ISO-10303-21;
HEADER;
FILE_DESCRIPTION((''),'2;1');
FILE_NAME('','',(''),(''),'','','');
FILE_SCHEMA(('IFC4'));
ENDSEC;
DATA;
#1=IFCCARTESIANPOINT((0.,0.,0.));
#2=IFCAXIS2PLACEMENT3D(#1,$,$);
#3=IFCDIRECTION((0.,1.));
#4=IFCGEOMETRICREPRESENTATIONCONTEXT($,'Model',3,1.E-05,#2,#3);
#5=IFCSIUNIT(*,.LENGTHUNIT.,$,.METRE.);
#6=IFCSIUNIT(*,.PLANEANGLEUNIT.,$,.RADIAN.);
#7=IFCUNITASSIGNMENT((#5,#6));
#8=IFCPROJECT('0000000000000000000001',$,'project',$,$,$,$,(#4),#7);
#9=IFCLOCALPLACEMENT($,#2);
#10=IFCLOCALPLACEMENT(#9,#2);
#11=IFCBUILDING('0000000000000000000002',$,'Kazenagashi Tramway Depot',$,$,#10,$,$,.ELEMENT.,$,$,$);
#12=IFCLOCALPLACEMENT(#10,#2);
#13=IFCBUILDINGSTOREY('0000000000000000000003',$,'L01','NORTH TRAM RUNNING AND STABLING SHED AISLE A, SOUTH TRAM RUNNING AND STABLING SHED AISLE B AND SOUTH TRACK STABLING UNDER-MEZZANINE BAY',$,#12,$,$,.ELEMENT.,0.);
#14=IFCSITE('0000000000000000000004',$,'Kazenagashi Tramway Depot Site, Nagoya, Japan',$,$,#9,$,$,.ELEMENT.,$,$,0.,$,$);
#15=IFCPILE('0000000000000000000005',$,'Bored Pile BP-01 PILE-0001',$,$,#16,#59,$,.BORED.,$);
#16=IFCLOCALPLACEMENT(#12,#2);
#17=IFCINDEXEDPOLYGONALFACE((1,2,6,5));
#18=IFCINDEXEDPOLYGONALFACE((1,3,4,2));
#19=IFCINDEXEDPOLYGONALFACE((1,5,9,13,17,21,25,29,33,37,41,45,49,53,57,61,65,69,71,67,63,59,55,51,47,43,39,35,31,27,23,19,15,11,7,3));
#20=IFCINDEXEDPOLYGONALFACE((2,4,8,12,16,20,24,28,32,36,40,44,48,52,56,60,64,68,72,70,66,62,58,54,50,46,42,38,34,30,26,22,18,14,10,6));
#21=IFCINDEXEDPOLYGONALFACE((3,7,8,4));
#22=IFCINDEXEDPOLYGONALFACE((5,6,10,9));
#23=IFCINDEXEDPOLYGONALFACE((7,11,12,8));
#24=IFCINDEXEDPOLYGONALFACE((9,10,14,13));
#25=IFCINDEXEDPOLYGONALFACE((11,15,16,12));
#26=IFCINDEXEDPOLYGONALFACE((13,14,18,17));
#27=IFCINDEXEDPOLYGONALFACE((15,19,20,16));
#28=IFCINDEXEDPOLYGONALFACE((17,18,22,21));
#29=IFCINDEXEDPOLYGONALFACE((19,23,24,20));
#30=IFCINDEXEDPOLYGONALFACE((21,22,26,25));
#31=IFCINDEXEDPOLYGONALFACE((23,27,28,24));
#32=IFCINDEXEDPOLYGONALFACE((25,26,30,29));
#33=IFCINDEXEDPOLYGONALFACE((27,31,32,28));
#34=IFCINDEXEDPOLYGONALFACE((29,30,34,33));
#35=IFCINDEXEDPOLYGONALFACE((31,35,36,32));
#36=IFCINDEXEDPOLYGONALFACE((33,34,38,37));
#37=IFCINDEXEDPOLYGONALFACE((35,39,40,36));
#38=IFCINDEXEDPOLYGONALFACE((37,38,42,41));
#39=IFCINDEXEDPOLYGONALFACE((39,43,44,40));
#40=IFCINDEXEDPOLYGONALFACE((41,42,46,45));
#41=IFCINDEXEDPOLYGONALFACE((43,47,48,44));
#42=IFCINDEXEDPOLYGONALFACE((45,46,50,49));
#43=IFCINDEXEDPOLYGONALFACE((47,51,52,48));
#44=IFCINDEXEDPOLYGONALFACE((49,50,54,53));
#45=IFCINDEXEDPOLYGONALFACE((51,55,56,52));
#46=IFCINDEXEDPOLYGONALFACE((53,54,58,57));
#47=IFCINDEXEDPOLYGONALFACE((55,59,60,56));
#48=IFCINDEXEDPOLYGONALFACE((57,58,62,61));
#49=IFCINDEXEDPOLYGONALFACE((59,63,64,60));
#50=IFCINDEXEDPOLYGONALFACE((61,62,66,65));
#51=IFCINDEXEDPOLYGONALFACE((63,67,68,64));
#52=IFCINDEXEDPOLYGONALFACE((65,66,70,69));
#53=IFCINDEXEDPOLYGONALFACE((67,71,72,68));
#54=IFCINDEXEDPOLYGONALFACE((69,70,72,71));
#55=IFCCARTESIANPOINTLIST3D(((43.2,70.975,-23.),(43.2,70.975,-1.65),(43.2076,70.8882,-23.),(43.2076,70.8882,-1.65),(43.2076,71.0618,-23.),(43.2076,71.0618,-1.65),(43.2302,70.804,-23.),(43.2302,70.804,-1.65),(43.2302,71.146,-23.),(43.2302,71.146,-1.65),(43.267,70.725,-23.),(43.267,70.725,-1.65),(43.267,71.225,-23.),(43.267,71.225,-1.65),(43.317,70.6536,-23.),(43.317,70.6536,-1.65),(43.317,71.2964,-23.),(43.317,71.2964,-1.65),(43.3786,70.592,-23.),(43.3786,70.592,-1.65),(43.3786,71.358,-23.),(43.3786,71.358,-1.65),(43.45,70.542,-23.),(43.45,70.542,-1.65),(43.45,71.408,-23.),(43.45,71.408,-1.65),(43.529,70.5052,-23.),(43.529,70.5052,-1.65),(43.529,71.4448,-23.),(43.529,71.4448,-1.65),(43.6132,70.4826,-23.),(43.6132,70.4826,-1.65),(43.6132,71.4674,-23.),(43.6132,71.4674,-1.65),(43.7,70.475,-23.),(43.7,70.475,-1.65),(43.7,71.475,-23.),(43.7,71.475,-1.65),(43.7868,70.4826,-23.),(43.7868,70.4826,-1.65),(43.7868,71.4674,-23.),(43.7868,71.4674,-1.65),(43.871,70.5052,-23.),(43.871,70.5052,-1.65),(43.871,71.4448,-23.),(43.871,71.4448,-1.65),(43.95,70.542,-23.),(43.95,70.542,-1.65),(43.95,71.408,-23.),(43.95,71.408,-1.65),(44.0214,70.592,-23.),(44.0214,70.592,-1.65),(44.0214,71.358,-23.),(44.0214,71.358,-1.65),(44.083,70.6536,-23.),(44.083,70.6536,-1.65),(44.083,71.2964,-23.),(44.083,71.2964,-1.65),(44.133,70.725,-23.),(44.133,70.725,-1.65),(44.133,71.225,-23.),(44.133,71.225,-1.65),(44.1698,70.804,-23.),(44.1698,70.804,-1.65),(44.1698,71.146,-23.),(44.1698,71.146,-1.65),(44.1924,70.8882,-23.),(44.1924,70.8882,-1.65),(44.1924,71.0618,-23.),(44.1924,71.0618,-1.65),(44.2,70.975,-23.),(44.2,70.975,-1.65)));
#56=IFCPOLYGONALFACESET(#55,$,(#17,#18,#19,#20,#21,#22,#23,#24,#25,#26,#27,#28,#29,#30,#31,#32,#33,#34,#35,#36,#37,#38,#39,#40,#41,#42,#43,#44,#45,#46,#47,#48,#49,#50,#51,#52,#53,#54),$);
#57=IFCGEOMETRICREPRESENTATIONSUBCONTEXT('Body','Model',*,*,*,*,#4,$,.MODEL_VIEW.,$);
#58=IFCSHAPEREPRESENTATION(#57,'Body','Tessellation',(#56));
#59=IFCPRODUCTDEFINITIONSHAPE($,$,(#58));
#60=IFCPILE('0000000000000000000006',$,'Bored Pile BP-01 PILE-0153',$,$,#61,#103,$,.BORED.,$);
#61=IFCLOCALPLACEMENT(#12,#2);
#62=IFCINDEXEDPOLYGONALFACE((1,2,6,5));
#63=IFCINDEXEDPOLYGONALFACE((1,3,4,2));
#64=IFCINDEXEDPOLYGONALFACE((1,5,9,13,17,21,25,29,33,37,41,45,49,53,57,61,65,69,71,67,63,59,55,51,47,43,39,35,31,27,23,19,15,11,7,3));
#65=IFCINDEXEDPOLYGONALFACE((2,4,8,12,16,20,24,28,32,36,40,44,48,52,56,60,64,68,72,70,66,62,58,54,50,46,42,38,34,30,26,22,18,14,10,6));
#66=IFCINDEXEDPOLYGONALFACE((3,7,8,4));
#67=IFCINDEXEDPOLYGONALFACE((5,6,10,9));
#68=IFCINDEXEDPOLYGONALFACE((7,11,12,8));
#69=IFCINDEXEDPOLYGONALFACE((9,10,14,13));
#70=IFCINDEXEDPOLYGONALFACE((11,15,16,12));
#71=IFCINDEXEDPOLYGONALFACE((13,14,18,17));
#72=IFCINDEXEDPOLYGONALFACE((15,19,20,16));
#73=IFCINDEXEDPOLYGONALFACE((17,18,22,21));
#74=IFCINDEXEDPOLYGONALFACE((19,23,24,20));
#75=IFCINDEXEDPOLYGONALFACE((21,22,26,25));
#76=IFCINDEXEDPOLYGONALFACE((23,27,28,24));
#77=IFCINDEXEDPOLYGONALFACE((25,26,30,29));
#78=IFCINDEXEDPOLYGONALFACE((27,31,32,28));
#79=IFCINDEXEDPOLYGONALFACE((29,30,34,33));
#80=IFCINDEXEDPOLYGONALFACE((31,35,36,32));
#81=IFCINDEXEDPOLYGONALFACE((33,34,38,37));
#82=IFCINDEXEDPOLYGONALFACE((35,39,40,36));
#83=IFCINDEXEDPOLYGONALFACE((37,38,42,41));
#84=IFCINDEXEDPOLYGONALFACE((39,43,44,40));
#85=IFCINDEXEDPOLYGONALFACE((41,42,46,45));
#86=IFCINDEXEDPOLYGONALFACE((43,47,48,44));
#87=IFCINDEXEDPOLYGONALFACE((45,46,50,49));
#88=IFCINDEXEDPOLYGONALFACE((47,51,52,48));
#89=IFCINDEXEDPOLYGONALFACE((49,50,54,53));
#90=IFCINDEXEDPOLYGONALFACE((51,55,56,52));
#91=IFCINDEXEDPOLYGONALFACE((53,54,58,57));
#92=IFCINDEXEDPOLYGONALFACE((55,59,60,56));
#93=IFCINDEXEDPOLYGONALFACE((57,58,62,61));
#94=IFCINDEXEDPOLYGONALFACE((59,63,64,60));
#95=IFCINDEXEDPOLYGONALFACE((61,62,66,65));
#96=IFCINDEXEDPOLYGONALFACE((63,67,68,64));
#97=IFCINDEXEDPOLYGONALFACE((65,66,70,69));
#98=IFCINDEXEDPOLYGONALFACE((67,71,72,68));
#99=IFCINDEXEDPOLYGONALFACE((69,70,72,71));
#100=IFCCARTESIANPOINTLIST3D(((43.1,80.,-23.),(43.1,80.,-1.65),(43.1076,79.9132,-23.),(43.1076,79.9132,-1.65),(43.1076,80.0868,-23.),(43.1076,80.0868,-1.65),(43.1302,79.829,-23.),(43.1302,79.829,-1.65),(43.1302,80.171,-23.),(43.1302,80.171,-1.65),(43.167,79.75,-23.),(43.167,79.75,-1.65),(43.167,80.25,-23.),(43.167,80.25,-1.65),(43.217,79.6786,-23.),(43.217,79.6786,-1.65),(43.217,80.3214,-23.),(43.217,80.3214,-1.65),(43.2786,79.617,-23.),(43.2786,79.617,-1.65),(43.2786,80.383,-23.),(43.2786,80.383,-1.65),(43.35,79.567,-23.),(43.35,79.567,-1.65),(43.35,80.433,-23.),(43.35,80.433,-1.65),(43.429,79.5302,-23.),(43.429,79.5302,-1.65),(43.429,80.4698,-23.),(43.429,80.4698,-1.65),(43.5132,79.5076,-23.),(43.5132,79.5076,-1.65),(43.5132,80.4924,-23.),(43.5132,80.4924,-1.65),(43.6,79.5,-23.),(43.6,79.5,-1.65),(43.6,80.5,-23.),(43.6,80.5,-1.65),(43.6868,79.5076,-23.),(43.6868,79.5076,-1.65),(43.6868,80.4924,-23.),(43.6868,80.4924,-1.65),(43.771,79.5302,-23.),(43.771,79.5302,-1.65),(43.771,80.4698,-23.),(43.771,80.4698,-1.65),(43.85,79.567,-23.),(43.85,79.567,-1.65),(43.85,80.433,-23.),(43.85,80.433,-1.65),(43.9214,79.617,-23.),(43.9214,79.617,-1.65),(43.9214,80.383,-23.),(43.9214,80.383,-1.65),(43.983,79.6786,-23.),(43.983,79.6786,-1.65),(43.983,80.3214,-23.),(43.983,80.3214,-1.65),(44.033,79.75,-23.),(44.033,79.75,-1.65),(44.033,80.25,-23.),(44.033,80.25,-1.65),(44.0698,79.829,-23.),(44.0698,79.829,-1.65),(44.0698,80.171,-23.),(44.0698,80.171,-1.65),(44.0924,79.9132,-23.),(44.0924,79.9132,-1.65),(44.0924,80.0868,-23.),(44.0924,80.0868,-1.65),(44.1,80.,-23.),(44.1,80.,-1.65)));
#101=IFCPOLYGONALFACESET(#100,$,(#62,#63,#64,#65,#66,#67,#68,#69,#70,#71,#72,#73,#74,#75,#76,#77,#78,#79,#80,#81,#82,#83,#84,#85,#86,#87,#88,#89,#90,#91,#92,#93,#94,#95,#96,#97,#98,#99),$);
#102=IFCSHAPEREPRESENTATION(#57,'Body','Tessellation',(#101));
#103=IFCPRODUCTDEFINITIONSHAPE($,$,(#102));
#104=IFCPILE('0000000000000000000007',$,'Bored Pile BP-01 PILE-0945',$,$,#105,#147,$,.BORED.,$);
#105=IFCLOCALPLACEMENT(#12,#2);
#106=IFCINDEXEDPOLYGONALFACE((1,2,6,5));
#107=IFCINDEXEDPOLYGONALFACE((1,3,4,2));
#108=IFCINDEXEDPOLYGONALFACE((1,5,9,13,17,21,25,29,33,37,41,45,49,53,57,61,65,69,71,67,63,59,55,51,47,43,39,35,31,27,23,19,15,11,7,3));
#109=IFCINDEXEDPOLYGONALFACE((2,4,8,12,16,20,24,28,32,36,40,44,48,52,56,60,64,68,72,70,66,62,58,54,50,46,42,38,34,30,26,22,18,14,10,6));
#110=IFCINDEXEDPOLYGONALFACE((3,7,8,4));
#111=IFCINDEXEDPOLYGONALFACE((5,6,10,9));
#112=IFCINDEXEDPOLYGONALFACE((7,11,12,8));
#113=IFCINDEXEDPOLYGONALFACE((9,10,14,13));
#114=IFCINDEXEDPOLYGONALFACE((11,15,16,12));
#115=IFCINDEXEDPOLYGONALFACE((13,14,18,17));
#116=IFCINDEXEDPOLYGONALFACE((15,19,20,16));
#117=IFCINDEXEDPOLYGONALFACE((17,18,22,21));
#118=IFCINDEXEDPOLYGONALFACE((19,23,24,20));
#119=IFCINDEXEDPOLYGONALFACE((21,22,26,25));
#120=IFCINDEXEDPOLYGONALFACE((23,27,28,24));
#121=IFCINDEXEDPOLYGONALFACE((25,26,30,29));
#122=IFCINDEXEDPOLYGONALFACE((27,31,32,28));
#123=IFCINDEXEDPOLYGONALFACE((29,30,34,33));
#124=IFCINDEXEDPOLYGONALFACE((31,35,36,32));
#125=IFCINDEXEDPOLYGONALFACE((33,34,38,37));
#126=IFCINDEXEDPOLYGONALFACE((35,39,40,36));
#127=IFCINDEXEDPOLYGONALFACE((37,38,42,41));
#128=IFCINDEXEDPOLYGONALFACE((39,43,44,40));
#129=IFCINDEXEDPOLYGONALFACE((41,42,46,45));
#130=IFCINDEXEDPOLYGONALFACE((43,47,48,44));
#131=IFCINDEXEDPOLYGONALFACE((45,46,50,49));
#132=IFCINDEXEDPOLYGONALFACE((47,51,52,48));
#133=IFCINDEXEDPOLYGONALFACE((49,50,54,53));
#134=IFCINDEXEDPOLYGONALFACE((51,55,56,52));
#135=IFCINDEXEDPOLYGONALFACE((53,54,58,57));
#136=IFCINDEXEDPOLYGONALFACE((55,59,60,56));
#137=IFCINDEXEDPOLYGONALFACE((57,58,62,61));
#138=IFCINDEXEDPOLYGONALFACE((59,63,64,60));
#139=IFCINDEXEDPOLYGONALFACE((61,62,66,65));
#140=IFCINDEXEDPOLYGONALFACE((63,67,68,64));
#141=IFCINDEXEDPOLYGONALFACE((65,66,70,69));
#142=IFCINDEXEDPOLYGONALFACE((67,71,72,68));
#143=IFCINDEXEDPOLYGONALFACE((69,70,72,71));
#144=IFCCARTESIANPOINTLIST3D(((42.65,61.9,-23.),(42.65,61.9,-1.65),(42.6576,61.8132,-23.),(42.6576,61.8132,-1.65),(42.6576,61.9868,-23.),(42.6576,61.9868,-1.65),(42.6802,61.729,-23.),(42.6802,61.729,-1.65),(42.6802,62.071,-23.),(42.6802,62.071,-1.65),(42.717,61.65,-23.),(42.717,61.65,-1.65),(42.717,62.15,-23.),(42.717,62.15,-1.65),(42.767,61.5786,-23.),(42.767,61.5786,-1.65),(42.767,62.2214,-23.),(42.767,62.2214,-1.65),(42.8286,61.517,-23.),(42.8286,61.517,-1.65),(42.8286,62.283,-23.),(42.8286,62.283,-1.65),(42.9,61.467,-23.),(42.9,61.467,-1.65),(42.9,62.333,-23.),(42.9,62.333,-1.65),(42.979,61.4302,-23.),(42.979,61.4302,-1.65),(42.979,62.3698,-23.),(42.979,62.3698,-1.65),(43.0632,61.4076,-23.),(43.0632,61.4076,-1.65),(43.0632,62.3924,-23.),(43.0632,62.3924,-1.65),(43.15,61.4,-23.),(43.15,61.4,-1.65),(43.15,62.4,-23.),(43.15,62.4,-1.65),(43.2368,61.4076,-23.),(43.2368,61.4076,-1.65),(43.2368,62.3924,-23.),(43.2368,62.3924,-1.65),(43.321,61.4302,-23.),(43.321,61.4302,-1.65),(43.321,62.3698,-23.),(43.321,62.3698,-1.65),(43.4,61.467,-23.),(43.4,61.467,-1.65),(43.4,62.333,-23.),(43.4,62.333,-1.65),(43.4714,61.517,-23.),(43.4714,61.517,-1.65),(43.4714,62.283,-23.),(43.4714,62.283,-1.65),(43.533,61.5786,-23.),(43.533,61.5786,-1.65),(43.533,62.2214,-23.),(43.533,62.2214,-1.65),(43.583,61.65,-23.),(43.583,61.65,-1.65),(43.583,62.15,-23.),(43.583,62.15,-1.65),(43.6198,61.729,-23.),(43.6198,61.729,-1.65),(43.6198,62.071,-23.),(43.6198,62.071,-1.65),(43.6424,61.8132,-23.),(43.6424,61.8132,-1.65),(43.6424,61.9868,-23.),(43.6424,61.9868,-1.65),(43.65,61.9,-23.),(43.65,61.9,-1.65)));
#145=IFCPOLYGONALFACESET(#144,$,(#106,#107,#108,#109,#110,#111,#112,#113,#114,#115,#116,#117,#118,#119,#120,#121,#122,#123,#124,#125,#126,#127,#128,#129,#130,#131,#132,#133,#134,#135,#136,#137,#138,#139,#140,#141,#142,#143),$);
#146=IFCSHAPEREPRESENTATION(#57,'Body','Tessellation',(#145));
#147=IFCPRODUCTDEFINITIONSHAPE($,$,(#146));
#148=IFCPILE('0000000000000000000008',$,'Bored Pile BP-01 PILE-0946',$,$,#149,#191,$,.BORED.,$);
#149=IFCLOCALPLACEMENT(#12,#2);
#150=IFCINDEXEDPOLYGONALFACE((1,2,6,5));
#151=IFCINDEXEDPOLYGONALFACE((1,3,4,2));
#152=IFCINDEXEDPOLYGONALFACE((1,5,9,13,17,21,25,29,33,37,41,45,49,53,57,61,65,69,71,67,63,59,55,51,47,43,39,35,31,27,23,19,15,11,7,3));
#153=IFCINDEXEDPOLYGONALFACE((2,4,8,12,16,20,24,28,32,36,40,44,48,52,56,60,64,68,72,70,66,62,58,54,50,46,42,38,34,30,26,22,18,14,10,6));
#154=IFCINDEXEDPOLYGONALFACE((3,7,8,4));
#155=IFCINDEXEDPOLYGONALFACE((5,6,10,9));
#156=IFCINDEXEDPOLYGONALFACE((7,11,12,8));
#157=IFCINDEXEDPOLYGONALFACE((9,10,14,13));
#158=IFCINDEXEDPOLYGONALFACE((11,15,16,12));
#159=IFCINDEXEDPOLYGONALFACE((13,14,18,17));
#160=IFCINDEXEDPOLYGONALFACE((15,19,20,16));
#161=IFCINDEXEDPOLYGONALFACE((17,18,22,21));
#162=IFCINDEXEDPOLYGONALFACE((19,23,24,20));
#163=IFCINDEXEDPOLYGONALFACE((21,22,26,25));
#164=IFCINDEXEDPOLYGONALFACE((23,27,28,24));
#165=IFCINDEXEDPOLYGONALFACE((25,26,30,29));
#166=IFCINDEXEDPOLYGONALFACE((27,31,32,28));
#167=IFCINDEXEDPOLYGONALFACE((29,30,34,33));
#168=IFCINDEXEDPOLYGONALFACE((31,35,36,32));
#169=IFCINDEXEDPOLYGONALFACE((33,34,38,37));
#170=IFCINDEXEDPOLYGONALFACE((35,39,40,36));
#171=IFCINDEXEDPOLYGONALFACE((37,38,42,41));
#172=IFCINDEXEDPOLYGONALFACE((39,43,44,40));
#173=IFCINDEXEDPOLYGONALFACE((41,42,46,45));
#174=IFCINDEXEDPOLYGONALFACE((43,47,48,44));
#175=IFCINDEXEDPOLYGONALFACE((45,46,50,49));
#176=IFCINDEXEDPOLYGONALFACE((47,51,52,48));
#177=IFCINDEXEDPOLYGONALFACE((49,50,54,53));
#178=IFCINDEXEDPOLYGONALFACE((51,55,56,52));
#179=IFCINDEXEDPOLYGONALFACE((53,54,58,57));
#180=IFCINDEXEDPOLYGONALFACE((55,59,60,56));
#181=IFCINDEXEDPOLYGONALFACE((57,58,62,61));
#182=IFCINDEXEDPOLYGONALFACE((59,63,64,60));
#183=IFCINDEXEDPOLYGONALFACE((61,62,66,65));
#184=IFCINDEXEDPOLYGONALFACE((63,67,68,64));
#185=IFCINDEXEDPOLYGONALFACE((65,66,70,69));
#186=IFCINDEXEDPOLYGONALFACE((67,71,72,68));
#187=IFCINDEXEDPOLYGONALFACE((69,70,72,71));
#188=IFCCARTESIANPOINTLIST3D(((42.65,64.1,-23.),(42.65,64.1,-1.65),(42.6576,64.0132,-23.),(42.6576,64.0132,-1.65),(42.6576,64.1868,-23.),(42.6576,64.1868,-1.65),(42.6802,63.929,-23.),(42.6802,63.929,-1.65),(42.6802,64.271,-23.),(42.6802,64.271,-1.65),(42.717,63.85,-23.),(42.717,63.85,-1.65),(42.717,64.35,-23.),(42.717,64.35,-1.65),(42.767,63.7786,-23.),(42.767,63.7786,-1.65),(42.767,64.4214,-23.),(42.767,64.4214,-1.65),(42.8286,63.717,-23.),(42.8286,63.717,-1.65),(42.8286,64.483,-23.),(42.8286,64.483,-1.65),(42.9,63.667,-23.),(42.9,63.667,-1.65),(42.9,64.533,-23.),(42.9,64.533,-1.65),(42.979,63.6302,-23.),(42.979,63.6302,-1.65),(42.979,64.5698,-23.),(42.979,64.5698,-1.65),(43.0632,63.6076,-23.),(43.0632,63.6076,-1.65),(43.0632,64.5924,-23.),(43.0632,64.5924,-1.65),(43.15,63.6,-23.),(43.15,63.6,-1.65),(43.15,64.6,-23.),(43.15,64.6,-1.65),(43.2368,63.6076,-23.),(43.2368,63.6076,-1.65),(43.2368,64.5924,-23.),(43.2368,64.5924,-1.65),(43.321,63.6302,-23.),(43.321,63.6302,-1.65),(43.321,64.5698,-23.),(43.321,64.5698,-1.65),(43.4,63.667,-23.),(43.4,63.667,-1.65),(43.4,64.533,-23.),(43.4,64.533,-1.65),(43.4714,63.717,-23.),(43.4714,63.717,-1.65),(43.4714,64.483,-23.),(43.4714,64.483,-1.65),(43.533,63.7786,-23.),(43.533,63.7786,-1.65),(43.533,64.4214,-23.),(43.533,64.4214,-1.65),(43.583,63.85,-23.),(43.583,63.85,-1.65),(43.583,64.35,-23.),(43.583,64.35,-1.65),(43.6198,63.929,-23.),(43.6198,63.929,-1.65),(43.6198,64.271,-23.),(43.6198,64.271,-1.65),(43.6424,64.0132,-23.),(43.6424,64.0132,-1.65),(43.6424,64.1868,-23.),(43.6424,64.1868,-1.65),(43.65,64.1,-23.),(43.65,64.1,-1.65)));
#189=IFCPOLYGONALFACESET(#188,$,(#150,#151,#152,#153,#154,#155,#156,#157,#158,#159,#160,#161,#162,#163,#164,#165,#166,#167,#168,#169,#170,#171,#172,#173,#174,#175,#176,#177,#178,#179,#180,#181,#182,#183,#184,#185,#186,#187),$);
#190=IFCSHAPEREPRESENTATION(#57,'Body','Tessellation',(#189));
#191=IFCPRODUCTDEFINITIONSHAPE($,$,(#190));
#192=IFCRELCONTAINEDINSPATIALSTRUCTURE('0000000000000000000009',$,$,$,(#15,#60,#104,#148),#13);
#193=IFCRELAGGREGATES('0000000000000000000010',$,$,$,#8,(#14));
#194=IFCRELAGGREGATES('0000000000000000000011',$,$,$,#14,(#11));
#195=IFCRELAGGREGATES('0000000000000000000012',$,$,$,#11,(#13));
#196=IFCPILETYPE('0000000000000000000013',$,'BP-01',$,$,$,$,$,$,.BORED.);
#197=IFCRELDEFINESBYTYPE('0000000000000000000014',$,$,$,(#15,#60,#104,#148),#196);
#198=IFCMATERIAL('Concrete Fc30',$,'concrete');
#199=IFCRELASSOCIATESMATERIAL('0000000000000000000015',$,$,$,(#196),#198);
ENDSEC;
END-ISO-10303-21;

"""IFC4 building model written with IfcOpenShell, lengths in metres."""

from ifc_helpers import new_model, si_unit, direction, frame, origin, origin_2d, place, context, subcontext, project, spatial, circle, extrude, material, material_profile, profile_set, type_object, element, save


model = new_model("IFC4")

# Units and contexts
model_context = context("Model", 3, precision=1e-05, world=origin(), true_north=direction((0.0, 1.0)))
body_context = subcontext(model_context, "Body", "Model", "MODEL_VIEW")
ifc_project = project(units=[si_unit("LENGTHUNIT", "METRE"), si_unit("PLANEANGLEUNIT", "RADIAN")], contexts=[model_context])

# Site, building, storey
site_placement = place(None, origin())
site = spatial("IfcSite", under=ifc_project, at=site_placement, Name="Kazenagashi Tramway Depot Site, Nagoya, Japan", CompositionType="ELEMENT", RefElevation=0.0)
building_placement = place(site_placement, origin())
building = spatial("IfcBuilding", under=site, at=building_placement, Name="Kazenagashi Tramway Depot", CompositionType="ELEMENT")
storey_placement = place(building_placement, origin())
storey = spatial("IfcBuildingStorey", under=building, at=storey_placement, Name="L01", Description="NORTH TRAM RUNNING AND STABLING SHED AISLE A, SOUTH TRAM RUNNING AND STABLING SHED AISLE B AND SOUTH TRACK STABLING UNDER-MEZZANINE BAY", CompositionType="ELEMENT", Elevation=0.0)

# Piles
ifc_material_1 = material(Name="Concrete Fc30", Category="concrete")
ifc_material_profile_1 = material_profile(ifc_material_1, circle(Radius=0.5, at=origin_2d()), Name="PILE-1000")
ifc_profile_set_1 = profile_set([ifc_material_profile_1], Name="Concrete Fc30")
pile_type_1 = type_object("IfcPileType", Name="BP-01", PredefinedType="BORED", material=ifc_profile_set_1)
for number, where, z_axis, x_axis, name in (
    (1, (43.7, 70.975, -1.65), (0.0, 0.0, -1.0), (1.0, 0.0, 0.0), "Bored Pile BP-01 PILE-0001"),
    (2, (43.6, 80.0, -1.65), (0.0, 0.0, -1.0), (1.0, 0.0, 0.0), "Bored Pile BP-01 PILE-0153"),
    (3, (43.15, 61.9, -1.65), (0.0, 0.0, -1.0), (1.0, 0.0, 0.0), "Bored Pile BP-01 PILE-0945"),
    (4, (43.15, 64.1, -1.65), (0.0, 0.0, -1.0), (1.0, 0.0, 0.0), "Bored Pile BP-01 PILE-0946"),
):
    element("IfcPile", number, at=place(storey_placement, frame(where, z_axis=z_axis, x_axis=x_axis)), inside=storey, type_object=pile_type_1, Name=name, PredefinedType="BORED", context=body_context, shape_type="SweptSolid", body=[
        extrude(circle(Radius=0.5, at=origin_2d()), origin(), (0.0, 0.0, 1.0), 21.35),
    ])

save(model, "model.ifc")
